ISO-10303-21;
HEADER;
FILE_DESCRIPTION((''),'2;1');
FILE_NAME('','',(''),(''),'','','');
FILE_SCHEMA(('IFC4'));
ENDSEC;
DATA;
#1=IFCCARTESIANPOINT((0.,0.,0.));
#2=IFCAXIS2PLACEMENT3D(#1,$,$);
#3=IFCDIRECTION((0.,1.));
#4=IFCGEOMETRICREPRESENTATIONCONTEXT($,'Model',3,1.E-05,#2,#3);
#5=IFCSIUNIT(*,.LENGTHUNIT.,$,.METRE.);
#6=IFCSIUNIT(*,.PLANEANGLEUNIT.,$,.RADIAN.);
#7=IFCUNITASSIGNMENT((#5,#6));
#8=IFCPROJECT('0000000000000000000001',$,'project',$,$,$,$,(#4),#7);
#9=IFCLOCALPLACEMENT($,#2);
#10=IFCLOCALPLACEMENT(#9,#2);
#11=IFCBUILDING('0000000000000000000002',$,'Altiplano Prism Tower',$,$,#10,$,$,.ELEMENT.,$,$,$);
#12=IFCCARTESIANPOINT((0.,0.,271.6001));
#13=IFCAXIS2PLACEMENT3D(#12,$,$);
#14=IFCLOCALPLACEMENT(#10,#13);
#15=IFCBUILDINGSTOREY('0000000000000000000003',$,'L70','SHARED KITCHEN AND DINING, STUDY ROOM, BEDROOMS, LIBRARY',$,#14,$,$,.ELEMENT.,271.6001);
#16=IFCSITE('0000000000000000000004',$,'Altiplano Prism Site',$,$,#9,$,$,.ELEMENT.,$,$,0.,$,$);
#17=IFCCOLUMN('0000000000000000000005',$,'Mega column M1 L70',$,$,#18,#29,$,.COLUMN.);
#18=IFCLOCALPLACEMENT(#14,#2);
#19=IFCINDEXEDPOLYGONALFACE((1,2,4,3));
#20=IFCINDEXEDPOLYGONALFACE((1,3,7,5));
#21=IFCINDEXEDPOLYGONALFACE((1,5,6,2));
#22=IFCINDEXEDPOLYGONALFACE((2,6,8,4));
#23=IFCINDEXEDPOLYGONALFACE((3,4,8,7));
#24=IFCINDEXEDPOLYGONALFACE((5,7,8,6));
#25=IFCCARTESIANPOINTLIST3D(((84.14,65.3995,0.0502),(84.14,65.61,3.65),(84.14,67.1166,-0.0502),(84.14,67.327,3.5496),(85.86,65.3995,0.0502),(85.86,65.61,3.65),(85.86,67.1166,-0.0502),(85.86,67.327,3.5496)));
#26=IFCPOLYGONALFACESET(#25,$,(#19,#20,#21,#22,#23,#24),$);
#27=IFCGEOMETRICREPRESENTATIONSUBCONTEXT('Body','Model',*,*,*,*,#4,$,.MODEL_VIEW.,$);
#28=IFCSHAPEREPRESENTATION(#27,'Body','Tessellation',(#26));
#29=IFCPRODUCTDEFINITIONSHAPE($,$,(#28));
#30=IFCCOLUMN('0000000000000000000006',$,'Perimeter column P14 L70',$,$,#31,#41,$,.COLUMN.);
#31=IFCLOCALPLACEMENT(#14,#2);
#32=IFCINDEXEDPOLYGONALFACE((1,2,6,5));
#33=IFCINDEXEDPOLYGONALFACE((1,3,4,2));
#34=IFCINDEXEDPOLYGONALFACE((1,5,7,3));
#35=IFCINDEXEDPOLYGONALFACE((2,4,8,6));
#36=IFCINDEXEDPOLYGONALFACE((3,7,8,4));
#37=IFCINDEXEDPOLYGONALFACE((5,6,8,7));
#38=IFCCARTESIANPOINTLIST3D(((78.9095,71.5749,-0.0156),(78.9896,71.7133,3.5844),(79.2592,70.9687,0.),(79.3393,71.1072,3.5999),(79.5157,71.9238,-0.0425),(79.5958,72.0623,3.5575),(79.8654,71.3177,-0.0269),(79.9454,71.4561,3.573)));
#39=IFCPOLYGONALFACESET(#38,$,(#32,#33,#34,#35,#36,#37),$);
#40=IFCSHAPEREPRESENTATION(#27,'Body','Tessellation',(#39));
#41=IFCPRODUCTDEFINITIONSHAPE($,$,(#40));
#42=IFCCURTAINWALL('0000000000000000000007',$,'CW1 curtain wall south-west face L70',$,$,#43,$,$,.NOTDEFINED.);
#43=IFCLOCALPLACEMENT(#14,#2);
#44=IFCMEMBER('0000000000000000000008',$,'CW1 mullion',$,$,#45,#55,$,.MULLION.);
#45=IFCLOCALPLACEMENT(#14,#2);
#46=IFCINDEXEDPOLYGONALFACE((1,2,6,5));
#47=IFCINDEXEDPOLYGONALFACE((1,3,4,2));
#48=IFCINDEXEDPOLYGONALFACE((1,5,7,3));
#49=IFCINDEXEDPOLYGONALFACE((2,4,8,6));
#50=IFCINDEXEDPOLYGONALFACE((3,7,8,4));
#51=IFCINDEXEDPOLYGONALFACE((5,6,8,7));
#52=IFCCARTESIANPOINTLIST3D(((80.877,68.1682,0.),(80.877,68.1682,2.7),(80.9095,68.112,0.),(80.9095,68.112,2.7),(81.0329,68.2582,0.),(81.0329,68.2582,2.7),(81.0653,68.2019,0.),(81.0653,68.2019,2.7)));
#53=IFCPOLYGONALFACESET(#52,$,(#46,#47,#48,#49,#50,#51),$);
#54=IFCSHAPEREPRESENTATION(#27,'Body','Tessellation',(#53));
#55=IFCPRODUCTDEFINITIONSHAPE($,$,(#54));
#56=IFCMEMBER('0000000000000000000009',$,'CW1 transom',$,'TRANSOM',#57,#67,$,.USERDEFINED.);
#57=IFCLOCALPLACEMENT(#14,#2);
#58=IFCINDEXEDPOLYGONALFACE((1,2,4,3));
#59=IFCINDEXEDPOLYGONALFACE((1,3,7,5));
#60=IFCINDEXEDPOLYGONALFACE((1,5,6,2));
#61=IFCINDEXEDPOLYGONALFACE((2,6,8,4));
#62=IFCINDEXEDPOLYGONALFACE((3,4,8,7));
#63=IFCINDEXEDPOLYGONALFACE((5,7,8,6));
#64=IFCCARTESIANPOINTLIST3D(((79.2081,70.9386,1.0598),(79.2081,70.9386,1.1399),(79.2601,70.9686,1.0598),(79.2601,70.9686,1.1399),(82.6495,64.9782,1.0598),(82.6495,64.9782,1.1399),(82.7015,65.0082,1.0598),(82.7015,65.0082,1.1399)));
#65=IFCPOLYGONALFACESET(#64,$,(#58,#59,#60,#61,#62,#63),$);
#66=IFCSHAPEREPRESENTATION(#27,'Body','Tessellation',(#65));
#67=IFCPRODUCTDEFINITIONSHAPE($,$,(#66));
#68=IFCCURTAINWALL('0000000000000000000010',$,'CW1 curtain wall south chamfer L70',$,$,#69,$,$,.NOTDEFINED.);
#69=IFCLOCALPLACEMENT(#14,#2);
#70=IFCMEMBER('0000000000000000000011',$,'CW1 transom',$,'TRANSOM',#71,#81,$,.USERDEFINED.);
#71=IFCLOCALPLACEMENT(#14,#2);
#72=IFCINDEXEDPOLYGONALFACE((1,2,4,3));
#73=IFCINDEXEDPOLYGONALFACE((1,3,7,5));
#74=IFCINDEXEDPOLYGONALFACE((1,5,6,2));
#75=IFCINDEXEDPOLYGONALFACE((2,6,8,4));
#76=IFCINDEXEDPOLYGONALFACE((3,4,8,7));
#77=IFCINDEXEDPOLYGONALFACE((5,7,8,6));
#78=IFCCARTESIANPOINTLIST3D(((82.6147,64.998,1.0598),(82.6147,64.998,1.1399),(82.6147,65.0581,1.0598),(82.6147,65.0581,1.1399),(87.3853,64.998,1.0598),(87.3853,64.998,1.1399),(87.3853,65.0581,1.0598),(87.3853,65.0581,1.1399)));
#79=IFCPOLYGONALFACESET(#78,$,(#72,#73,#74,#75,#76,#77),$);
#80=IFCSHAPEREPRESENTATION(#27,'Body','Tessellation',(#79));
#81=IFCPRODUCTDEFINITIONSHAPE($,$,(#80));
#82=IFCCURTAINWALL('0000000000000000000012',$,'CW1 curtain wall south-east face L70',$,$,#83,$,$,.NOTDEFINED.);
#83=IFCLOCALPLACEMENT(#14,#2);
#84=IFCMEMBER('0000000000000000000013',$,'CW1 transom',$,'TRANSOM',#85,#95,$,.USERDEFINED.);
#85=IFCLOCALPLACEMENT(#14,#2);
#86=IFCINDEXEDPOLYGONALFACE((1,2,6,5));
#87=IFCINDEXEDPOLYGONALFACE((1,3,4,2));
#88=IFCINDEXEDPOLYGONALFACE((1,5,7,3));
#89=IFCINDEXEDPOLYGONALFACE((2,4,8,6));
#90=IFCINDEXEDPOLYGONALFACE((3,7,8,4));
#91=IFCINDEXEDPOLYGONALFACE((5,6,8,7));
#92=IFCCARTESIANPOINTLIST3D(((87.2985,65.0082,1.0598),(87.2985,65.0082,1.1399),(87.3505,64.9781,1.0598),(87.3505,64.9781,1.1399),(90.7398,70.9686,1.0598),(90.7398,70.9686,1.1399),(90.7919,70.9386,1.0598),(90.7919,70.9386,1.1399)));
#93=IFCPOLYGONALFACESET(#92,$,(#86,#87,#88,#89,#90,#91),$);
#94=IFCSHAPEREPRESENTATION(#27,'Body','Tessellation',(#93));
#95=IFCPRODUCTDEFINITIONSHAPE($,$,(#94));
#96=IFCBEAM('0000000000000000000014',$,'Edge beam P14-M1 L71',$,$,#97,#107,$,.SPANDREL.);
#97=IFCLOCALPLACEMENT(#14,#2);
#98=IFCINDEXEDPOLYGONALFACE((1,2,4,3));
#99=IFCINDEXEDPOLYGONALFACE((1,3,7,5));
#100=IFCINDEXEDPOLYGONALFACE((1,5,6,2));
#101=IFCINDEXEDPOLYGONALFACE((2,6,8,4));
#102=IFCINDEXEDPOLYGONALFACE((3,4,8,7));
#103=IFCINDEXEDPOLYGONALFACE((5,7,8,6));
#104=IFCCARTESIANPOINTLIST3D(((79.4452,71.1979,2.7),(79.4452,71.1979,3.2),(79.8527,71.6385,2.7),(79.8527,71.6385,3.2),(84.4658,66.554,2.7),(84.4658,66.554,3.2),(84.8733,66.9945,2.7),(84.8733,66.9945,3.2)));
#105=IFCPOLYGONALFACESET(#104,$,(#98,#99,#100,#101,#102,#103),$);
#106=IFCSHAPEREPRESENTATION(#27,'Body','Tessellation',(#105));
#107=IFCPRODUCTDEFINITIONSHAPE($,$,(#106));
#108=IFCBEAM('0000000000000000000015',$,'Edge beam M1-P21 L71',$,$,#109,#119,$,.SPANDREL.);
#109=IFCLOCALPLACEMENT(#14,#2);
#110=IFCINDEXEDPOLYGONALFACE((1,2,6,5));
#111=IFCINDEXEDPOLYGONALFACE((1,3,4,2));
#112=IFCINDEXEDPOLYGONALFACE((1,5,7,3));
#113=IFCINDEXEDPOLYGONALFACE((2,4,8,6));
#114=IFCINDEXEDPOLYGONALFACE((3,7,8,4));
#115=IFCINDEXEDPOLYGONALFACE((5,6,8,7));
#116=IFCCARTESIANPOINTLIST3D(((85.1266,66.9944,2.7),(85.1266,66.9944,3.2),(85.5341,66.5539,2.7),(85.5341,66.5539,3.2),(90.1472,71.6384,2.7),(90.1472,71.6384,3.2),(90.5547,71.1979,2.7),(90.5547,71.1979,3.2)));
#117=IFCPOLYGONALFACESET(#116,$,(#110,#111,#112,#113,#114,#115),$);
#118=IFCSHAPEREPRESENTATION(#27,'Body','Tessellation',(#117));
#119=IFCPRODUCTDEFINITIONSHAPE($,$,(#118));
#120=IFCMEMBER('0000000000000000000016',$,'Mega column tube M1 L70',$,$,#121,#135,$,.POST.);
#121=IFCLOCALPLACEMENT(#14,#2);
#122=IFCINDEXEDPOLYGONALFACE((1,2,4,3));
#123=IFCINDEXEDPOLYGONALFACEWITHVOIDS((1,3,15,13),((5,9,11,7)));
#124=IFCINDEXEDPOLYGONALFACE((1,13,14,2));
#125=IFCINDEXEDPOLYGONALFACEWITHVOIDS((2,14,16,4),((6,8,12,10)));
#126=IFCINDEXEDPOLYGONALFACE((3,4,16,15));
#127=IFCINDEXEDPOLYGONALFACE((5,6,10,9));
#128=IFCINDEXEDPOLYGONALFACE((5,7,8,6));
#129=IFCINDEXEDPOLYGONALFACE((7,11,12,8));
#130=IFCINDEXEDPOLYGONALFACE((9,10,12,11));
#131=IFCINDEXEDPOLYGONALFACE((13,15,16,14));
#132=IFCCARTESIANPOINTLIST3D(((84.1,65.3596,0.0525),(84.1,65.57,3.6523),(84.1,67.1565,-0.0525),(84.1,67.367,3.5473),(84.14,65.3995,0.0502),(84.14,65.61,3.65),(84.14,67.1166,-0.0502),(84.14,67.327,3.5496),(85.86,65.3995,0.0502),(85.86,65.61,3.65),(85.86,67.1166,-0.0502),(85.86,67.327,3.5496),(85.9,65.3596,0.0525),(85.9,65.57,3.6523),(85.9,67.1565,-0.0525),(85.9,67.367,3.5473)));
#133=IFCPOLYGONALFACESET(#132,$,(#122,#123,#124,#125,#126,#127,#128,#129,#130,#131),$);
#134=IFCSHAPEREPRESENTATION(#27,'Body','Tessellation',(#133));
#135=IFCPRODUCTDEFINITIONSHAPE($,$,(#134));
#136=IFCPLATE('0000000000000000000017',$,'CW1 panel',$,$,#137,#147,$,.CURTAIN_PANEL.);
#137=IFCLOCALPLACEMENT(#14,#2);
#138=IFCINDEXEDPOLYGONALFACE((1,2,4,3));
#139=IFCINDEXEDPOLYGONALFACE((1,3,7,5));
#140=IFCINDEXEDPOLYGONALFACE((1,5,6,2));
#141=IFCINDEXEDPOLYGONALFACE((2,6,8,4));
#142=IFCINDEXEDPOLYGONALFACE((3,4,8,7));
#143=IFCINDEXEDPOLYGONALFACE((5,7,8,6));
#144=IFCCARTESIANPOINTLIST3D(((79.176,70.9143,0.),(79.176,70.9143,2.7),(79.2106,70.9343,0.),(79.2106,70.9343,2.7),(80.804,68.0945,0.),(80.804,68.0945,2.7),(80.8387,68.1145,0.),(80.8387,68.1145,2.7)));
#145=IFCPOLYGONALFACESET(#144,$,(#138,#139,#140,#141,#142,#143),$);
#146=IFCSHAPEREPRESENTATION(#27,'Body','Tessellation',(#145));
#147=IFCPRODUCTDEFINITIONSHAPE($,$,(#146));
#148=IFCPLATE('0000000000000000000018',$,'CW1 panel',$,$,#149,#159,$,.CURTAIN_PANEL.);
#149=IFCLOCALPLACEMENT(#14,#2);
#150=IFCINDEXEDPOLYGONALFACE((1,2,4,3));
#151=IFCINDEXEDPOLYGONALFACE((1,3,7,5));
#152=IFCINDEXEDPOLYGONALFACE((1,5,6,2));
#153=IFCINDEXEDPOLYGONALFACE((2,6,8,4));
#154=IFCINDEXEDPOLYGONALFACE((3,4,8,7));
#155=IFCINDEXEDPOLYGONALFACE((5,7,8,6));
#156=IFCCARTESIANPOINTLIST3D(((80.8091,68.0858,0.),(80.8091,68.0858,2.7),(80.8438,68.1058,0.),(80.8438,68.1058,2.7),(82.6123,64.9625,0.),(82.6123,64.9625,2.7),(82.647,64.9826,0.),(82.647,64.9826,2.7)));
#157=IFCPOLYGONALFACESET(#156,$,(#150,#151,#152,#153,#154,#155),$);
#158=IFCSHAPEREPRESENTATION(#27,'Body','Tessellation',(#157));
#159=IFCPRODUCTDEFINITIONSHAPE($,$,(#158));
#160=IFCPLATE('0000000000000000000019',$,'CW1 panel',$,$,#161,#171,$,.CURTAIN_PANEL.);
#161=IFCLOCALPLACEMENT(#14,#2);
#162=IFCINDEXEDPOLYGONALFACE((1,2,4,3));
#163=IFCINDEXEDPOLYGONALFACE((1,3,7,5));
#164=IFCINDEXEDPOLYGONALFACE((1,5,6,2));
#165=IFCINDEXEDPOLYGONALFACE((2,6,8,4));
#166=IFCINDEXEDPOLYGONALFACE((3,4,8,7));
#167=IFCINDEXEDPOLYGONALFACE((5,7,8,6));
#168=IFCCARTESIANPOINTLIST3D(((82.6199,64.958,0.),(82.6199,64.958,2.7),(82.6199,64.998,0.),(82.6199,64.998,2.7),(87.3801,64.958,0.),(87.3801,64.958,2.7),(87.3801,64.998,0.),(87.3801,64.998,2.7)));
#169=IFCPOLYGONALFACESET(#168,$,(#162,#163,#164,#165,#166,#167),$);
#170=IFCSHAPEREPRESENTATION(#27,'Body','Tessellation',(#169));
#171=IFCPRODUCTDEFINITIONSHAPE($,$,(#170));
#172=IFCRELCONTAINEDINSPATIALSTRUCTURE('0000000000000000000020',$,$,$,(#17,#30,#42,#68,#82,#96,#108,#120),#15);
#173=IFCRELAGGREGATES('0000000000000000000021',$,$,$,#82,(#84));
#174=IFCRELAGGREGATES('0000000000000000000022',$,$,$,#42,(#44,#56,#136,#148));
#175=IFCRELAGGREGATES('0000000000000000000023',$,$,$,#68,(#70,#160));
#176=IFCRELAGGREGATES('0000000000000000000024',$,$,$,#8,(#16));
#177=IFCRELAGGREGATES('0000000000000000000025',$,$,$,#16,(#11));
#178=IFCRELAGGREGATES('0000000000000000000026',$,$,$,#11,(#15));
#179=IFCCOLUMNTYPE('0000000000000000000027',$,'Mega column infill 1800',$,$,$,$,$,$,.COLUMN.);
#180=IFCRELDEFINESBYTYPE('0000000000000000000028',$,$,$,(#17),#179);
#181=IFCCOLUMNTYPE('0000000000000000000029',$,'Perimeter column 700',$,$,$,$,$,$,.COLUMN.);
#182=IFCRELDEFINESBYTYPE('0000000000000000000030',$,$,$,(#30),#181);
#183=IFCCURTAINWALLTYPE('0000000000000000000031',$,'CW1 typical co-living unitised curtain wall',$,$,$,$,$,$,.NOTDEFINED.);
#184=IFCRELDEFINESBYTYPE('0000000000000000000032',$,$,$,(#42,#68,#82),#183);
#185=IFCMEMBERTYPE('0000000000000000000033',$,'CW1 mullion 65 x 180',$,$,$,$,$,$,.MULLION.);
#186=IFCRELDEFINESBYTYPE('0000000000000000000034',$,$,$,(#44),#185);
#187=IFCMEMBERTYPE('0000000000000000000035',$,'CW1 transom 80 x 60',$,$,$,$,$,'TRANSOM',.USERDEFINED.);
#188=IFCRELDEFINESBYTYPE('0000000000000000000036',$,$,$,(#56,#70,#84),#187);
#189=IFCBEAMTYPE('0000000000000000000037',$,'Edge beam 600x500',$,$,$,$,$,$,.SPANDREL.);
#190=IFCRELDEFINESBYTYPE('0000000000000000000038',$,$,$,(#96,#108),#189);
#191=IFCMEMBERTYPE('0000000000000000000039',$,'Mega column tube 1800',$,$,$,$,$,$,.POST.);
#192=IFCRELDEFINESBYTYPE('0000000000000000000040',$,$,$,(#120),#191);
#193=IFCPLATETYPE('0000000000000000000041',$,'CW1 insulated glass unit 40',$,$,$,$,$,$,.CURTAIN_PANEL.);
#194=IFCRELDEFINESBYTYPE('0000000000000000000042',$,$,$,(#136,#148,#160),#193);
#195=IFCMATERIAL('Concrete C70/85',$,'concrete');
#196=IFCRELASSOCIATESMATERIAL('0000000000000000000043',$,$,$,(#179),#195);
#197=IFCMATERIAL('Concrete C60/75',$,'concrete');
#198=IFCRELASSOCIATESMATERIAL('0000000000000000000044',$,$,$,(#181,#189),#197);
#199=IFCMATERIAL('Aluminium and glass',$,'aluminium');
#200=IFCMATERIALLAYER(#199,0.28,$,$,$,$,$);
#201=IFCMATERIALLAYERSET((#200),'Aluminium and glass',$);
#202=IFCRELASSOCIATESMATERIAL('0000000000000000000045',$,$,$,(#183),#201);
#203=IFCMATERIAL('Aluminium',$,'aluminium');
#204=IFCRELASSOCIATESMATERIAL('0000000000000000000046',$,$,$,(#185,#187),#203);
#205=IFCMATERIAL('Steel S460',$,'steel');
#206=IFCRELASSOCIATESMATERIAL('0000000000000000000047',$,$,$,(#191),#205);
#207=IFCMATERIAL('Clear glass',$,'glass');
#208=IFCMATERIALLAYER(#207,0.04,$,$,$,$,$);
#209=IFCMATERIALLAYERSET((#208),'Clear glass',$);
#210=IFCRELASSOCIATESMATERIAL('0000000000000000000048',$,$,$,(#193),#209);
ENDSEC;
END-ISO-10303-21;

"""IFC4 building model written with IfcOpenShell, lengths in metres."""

from ifc_helpers import new_model, si_unit, direction, frame, origin, origin_2d, place, context, subcontext, project, spatial, rectangle, hollow_rectangle, extrude, material, layer, layer_set, material_profile, profile_set, type_object, element, aggregate, save


model = new_model("IFC4")

# Units and contexts
model_context = context("Model", 3, precision=1e-05, world=origin(), true_north=direction((0.0, 1.0)))
body_context = subcontext(model_context, "Body", "Model", "MODEL_VIEW")
ifc_project = project(units=[si_unit("LENGTHUNIT", "METRE"), si_unit("PLANEANGLEUNIT", "RADIAN")], contexts=[model_context])

# Site, building, storey
site_placement = place(None, origin())
site = spatial("IfcSite", under=ifc_project, at=site_placement, Name="Altiplano Prism Site", CompositionType="ELEMENT", RefElevation=0.0)
building_placement = place(site_placement, origin())
building = spatial("IfcBuilding", under=site, at=building_placement, Name="Altiplano Prism Tower", CompositionType="ELEMENT")
storey_placement = place(building_placement, frame((0.0, 0.0, 271.6001)))
storey = spatial("IfcBuildingStorey", under=building, at=storey_placement, Name="L70", Description="SHARED KITCHEN AND DINING, STUDY ROOM, BEDROOMS, LIBRARY", CompositionType="ELEMENT", Elevation=271.6001)

# Columns
ifc_material_1 = material(Name="Concrete C70/85", Category="concrete")
ifc_material_profile_1 = material_profile(ifc_material_1, rectangle(XDim=1.72, YDim=1.72, at=origin_2d()), Name="Mega column infill 1800")
ifc_profile_set_1 = profile_set([ifc_material_profile_1], Name="Concrete C70/85")
column_type_1 = type_object("IfcColumnType", Name="Mega column infill 1800", PredefinedType="COLUMN", material=ifc_profile_set_1)
column_1_placement = place(storey_placement, frame((85.0, 66.2581, 0.0), z_axis=(0.0, 0.058361, 0.998296), x_axis=(-1.0, 0.0, 0.0)))
element("IfcColumn", 1, at=column_1_placement, inside=storey, type_object=column_type_1, Name="Mega column M1 L70", PredefinedType="COLUMN", context=body_context, shape_type="SweptSolid", body=[
    extrude(rectangle(XDim=1.72, YDim=1.72, at=origin_2d()), origin(), (0.0, 0.0, 1.0), 3.606),
])
ifc_material_2 = material(Name="Concrete C60/75", Category="concrete")
ifc_material_profile_2 = material_profile(ifc_material_2, rectangle(XDim=0.7, YDim=0.7, at=origin_2d()), Name="Perimeter column 700")
ifc_profile_set_2 = profile_set([ifc_material_profile_2], Name="Concrete C60/75")
column_type_2 = type_object("IfcColumnType", Name="Perimeter column 700", PredefinedType="COLUMN", material=ifc_profile_set_2)
column_2_placement = place(storey_placement, frame((79.3875, 71.4463, -0.0212), z_axis=(0.022223, 0.038416, 0.999015), x_axis=(-0.866024, -0.498523, 0.038435)))
element("IfcColumn", 2, at=column_2_placement, inside=storey, type_object=column_type_2, Name="Perimeter column P14 L70", PredefinedType="COLUMN", context=body_context, shape_type="SweptSolid", body=[
    extrude(rectangle(XDim=0.7, YDim=0.7, at=origin_2d()), origin(), (0.0, 0.0, 1.0), 3.6035),
])

# Curtain wall, members
ifc_material_3 = material(Name="Aluminium and glass", Category="aluminium")
ifc_layer_1 = layer(ifc_material_3, 0.28)
ifc_layer_set_1 = layer_set([ifc_layer_1], Name="Aluminium and glass")
curtain_wall_type = type_object("IfcCurtainWallType", Name="CW1 typical co-living unitised curtain wall", PredefinedType="NOTDEFINED", material=ifc_layer_set_1)
curtain_wall_1_placement = place(storey_placement, origin())
curtain_wall_1 = element("IfcCurtainWall", 3, at=curtain_wall_1_placement, inside=storey, type_object=curtain_wall_type, Name="CW1 curtain wall south-west face L70", PredefinedType="NOTDEFINED")
ifc_material_4 = material(Name="Aluminium", Category="aluminium")
ifc_material_profile_3 = material_profile(ifc_material_4, rectangle(XDim=0.1799, YDim=0.0649, at=origin_2d()), Name="CW1 mullion 65 x 180")
ifc_profile_set_3 = profile_set([ifc_material_profile_3], Name="Aluminium")
member_type_1 = type_object("IfcMemberType", Name="CW1 mullion 65 x 180", PredefinedType="MULLION", material=ifc_profile_set_3)
member_1_placement = place(storey_placement, frame((80.9712, 68.1851, 0.0), z_axis=(0.0, 0.0, 1.0), x_axis=(0.866025, 0.5, 0.0)))
member_1 = element("IfcMember", 4, at=member_1_placement, type_object=member_type_1, Name="CW1 mullion", PredefinedType="MULLION", context=body_context, shape_type="SweptSolid", body=[
    extrude(rectangle(XDim=0.1799, YDim=0.0649, at=origin_2d()), origin(), (0.0, 0.0, 1.0), 2.7),
])
ifc_material_profile_4 = material_profile(ifc_material_4, rectangle(XDim=0.0601, YDim=0.0801, at=origin_2d()), Name="CW1 transom 80 x 60")
ifc_profile_set_4 = profile_set([ifc_material_profile_4], Name="Aluminium")
member_type_2 = type_object("IfcMemberType", Name="CW1 transom 80 x 60", ElementType="TRANSOM", PredefinedType="USERDEFINED", material=ifc_profile_set_4)
member_2_placement = place(storey_placement, frame((79.2341, 70.9536, 1.0999), z_axis=(0.500015, -0.866017, 0.0), x_axis=(0.866017, 0.500015, 0.0)))
member_2 = element("IfcMember", 5, at=member_2_placement, type_object=member_type_2, Name="CW1 transom", ObjectType="TRANSOM", PredefinedType="USERDEFINED", context=body_context, shape_type="SweptSolid", body=[
    extrude(rectangle(XDim=0.0601, YDim=0.0801, at=origin_2d()), origin(), (0.0, 0.0, 1.0), 6.8826),
])

# Curtain walls, members
curtain_wall_2_placement = place(storey_placement, origin())
curtain_wall_2 = element("IfcCurtainWall", 6, at=curtain_wall_2_placement, inside=storey, type_object=curtain_wall_type, Name="CW1 curtain wall south chamfer L70", PredefinedType="NOTDEFINED")
member_3_placement = place(storey_placement, frame((82.6147, 65.0281, 1.0999), z_axis=(1.0, 0.0, 0.0), x_axis=(0.0, 1.0, 0.0)))
member_3 = element("IfcMember", 7, at=member_3_placement, type_object=member_type_2, Name="CW1 transom", ObjectType="TRANSOM", PredefinedType="USERDEFINED", context=body_context, shape_type="SweptSolid", body=[
    extrude(rectangle(XDim=0.0601, YDim=0.0801, at=origin_2d()), origin(), (0.0, 0.0, 1.0), 4.7705),
])
curtain_wall_3_placement = place(storey_placement, origin())
curtain_wall_3 = element("IfcCurtainWall", 8, at=curtain_wall_3_placement, inside=storey, type_object=curtain_wall_type, Name="CW1 curtain wall south-east face L70", PredefinedType="NOTDEFINED")
member_4_placement = place(storey_placement, frame((87.3245, 64.9932, 1.0999), z_axis=(0.500015, 0.866017, 0.0), x_axis=(-0.866017, 0.500015, 0.0)))
member_4 = element("IfcMember", 9, at=member_4_placement, type_object=member_type_2, Name="CW1 transom", ObjectType="TRANSOM", PredefinedType="USERDEFINED", context=body_context, shape_type="SweptSolid", body=[
    extrude(rectangle(XDim=0.0601, YDim=0.0801, at=origin_2d()), origin(), (0.0, 0.0, 1.0), 6.8826),
])
aggregate(curtain_wall_3, [member_4])

# Beams
ifc_material_profile_5 = material_profile(ifc_material_2, rectangle(XDim=0.6001, YDim=0.5, at=origin_2d()), Name="Edge beam 600x500")
ifc_profile_set_5 = profile_set([ifc_material_profile_5], Name="Concrete C60/75")
beam_type = type_object("IfcBeamType", Name="Edge beam 600x500", PredefinedType="SPANDREL", material=ifc_profile_set_5)
for number, where, z_axis, x_axis, name in (
    (10, (79.6489, 71.4182, 2.95), (0.734111, -0.67903, 0.0), (0.67903, 0.734111, 0.0), "Edge beam P14-M1 L71"),
    (11, (85.3303, 66.7742, 2.95), (0.734111, 0.67903, 0.0), (-0.67903, 0.734111, 0.0), "Edge beam M1-P21 L71"),
):
    element("IfcBeam", number, at=place(storey_placement, frame(where, z_axis=z_axis, x_axis=x_axis)), inside=storey, type_object=beam_type, Name=name, PredefinedType="SPANDREL", context=body_context, shape_type="SweptSolid", body=[
        extrude(rectangle(XDim=0.6001, YDim=0.5, at=origin_2d()), origin(), (0.0, 0.0, 1.0), 6.8391),
    ])

# Member
ifc_material_5 = material(Name="Steel S460", Category="steel")
ifc_material_profile_6 = material_profile(ifc_material_5, hollow_rectangle(XDim=1.8, YDim=1.8, WallThickness=0.04, at=origin_2d()), Name="Mega column tube 1800")
ifc_profile_set_6 = profile_set([ifc_material_profile_6], Name="Steel S460")
member_type_3 = type_object("IfcMemberType", Name="Mega column tube 1800", PredefinedType="POST", material=ifc_profile_set_6)
member_5_placement = place(storey_placement, frame((85.0, 66.2581, 0.0), z_axis=(0.0, 0.058361, 0.998296), x_axis=(-1.0, 0.0, 0.0)))
element("IfcMember", 12, at=member_5_placement, inside=storey, type_object=member_type_3, Name="Mega column tube M1 L70", PredefinedType="POST", context=body_context, shape_type="SweptSolid", body=[
    extrude(hollow_rectangle(XDim=1.8, YDim=1.8, WallThickness=0.04, at=origin_2d()), origin(), (0.0, 0.0, 1.0), 3.606),
])

# Plates
ifc_material_6 = material(Name="Clear glass", Category="glass")
ifc_layer_2 = layer(ifc_material_6, 0.04)
ifc_layer_set_2 = layer_set([ifc_layer_2], Name="Clear glass")
plate_type = type_object("IfcPlateType", Name="CW1 insulated glass unit 40", PredefinedType="CURTAIN_PANEL", material=ifc_layer_set_2)
plate_1_placement = place(storey_placement, frame((80.0073, 69.5144, 0.0), z_axis=(0.0, 0.0, 1.0), x_axis=(0.5, -0.866025, 0.0)))
plate_1 = element("IfcPlate", 13, at=plate_1_placement, type_object=plate_type, Name="CW1 panel", PredefinedType="CURTAIN_PANEL", context=body_context, shape_type="SweptSolid", body=[
    extrude(rectangle(XDim=3.2561, YDim=0.04, at=origin_2d()), origin(), (0.0, 0.0, 1.0), 2.7),
])
plate_2_placement = place(storey_placement, frame((81.728, 66.5342, 0.0), z_axis=(0.0, 0.0, 1.0), x_axis=(0.5, -0.866025, 0.0)))
plate_2 = element("IfcPlate", 14, at=plate_2_placement, type_object=plate_type, Name="CW1 panel", PredefinedType="CURTAIN_PANEL", context=body_context, shape_type="SweptSolid", body=[
    extrude(rectangle(XDim=3.6064, YDim=0.04, at=origin_2d()), origin(), (0.0, 0.0, 1.0), 2.7),
])
aggregate(curtain_wall_1, [member_1, member_2, plate_1, plate_2])
plate_3_placement = place(storey_placement, frame((85.0, 64.978, 0.0), z_axis=(0.0, 0.0, 1.0), x_axis=(1.0, 0.0, 0.0)))
plate_3 = element("IfcPlate", 15, at=plate_3_placement, type_object=plate_type, Name="CW1 panel", PredefinedType="CURTAIN_PANEL", context=body_context, shape_type="SweptSolid", body=[
    extrude(rectangle(XDim=4.7603, YDim=0.04, at=origin_2d()), origin(), (0.0, 0.0, 1.0), 2.7),
])
aggregate(curtain_wall_2, [member_3, plate_3])

save(model, "model.ifc")
